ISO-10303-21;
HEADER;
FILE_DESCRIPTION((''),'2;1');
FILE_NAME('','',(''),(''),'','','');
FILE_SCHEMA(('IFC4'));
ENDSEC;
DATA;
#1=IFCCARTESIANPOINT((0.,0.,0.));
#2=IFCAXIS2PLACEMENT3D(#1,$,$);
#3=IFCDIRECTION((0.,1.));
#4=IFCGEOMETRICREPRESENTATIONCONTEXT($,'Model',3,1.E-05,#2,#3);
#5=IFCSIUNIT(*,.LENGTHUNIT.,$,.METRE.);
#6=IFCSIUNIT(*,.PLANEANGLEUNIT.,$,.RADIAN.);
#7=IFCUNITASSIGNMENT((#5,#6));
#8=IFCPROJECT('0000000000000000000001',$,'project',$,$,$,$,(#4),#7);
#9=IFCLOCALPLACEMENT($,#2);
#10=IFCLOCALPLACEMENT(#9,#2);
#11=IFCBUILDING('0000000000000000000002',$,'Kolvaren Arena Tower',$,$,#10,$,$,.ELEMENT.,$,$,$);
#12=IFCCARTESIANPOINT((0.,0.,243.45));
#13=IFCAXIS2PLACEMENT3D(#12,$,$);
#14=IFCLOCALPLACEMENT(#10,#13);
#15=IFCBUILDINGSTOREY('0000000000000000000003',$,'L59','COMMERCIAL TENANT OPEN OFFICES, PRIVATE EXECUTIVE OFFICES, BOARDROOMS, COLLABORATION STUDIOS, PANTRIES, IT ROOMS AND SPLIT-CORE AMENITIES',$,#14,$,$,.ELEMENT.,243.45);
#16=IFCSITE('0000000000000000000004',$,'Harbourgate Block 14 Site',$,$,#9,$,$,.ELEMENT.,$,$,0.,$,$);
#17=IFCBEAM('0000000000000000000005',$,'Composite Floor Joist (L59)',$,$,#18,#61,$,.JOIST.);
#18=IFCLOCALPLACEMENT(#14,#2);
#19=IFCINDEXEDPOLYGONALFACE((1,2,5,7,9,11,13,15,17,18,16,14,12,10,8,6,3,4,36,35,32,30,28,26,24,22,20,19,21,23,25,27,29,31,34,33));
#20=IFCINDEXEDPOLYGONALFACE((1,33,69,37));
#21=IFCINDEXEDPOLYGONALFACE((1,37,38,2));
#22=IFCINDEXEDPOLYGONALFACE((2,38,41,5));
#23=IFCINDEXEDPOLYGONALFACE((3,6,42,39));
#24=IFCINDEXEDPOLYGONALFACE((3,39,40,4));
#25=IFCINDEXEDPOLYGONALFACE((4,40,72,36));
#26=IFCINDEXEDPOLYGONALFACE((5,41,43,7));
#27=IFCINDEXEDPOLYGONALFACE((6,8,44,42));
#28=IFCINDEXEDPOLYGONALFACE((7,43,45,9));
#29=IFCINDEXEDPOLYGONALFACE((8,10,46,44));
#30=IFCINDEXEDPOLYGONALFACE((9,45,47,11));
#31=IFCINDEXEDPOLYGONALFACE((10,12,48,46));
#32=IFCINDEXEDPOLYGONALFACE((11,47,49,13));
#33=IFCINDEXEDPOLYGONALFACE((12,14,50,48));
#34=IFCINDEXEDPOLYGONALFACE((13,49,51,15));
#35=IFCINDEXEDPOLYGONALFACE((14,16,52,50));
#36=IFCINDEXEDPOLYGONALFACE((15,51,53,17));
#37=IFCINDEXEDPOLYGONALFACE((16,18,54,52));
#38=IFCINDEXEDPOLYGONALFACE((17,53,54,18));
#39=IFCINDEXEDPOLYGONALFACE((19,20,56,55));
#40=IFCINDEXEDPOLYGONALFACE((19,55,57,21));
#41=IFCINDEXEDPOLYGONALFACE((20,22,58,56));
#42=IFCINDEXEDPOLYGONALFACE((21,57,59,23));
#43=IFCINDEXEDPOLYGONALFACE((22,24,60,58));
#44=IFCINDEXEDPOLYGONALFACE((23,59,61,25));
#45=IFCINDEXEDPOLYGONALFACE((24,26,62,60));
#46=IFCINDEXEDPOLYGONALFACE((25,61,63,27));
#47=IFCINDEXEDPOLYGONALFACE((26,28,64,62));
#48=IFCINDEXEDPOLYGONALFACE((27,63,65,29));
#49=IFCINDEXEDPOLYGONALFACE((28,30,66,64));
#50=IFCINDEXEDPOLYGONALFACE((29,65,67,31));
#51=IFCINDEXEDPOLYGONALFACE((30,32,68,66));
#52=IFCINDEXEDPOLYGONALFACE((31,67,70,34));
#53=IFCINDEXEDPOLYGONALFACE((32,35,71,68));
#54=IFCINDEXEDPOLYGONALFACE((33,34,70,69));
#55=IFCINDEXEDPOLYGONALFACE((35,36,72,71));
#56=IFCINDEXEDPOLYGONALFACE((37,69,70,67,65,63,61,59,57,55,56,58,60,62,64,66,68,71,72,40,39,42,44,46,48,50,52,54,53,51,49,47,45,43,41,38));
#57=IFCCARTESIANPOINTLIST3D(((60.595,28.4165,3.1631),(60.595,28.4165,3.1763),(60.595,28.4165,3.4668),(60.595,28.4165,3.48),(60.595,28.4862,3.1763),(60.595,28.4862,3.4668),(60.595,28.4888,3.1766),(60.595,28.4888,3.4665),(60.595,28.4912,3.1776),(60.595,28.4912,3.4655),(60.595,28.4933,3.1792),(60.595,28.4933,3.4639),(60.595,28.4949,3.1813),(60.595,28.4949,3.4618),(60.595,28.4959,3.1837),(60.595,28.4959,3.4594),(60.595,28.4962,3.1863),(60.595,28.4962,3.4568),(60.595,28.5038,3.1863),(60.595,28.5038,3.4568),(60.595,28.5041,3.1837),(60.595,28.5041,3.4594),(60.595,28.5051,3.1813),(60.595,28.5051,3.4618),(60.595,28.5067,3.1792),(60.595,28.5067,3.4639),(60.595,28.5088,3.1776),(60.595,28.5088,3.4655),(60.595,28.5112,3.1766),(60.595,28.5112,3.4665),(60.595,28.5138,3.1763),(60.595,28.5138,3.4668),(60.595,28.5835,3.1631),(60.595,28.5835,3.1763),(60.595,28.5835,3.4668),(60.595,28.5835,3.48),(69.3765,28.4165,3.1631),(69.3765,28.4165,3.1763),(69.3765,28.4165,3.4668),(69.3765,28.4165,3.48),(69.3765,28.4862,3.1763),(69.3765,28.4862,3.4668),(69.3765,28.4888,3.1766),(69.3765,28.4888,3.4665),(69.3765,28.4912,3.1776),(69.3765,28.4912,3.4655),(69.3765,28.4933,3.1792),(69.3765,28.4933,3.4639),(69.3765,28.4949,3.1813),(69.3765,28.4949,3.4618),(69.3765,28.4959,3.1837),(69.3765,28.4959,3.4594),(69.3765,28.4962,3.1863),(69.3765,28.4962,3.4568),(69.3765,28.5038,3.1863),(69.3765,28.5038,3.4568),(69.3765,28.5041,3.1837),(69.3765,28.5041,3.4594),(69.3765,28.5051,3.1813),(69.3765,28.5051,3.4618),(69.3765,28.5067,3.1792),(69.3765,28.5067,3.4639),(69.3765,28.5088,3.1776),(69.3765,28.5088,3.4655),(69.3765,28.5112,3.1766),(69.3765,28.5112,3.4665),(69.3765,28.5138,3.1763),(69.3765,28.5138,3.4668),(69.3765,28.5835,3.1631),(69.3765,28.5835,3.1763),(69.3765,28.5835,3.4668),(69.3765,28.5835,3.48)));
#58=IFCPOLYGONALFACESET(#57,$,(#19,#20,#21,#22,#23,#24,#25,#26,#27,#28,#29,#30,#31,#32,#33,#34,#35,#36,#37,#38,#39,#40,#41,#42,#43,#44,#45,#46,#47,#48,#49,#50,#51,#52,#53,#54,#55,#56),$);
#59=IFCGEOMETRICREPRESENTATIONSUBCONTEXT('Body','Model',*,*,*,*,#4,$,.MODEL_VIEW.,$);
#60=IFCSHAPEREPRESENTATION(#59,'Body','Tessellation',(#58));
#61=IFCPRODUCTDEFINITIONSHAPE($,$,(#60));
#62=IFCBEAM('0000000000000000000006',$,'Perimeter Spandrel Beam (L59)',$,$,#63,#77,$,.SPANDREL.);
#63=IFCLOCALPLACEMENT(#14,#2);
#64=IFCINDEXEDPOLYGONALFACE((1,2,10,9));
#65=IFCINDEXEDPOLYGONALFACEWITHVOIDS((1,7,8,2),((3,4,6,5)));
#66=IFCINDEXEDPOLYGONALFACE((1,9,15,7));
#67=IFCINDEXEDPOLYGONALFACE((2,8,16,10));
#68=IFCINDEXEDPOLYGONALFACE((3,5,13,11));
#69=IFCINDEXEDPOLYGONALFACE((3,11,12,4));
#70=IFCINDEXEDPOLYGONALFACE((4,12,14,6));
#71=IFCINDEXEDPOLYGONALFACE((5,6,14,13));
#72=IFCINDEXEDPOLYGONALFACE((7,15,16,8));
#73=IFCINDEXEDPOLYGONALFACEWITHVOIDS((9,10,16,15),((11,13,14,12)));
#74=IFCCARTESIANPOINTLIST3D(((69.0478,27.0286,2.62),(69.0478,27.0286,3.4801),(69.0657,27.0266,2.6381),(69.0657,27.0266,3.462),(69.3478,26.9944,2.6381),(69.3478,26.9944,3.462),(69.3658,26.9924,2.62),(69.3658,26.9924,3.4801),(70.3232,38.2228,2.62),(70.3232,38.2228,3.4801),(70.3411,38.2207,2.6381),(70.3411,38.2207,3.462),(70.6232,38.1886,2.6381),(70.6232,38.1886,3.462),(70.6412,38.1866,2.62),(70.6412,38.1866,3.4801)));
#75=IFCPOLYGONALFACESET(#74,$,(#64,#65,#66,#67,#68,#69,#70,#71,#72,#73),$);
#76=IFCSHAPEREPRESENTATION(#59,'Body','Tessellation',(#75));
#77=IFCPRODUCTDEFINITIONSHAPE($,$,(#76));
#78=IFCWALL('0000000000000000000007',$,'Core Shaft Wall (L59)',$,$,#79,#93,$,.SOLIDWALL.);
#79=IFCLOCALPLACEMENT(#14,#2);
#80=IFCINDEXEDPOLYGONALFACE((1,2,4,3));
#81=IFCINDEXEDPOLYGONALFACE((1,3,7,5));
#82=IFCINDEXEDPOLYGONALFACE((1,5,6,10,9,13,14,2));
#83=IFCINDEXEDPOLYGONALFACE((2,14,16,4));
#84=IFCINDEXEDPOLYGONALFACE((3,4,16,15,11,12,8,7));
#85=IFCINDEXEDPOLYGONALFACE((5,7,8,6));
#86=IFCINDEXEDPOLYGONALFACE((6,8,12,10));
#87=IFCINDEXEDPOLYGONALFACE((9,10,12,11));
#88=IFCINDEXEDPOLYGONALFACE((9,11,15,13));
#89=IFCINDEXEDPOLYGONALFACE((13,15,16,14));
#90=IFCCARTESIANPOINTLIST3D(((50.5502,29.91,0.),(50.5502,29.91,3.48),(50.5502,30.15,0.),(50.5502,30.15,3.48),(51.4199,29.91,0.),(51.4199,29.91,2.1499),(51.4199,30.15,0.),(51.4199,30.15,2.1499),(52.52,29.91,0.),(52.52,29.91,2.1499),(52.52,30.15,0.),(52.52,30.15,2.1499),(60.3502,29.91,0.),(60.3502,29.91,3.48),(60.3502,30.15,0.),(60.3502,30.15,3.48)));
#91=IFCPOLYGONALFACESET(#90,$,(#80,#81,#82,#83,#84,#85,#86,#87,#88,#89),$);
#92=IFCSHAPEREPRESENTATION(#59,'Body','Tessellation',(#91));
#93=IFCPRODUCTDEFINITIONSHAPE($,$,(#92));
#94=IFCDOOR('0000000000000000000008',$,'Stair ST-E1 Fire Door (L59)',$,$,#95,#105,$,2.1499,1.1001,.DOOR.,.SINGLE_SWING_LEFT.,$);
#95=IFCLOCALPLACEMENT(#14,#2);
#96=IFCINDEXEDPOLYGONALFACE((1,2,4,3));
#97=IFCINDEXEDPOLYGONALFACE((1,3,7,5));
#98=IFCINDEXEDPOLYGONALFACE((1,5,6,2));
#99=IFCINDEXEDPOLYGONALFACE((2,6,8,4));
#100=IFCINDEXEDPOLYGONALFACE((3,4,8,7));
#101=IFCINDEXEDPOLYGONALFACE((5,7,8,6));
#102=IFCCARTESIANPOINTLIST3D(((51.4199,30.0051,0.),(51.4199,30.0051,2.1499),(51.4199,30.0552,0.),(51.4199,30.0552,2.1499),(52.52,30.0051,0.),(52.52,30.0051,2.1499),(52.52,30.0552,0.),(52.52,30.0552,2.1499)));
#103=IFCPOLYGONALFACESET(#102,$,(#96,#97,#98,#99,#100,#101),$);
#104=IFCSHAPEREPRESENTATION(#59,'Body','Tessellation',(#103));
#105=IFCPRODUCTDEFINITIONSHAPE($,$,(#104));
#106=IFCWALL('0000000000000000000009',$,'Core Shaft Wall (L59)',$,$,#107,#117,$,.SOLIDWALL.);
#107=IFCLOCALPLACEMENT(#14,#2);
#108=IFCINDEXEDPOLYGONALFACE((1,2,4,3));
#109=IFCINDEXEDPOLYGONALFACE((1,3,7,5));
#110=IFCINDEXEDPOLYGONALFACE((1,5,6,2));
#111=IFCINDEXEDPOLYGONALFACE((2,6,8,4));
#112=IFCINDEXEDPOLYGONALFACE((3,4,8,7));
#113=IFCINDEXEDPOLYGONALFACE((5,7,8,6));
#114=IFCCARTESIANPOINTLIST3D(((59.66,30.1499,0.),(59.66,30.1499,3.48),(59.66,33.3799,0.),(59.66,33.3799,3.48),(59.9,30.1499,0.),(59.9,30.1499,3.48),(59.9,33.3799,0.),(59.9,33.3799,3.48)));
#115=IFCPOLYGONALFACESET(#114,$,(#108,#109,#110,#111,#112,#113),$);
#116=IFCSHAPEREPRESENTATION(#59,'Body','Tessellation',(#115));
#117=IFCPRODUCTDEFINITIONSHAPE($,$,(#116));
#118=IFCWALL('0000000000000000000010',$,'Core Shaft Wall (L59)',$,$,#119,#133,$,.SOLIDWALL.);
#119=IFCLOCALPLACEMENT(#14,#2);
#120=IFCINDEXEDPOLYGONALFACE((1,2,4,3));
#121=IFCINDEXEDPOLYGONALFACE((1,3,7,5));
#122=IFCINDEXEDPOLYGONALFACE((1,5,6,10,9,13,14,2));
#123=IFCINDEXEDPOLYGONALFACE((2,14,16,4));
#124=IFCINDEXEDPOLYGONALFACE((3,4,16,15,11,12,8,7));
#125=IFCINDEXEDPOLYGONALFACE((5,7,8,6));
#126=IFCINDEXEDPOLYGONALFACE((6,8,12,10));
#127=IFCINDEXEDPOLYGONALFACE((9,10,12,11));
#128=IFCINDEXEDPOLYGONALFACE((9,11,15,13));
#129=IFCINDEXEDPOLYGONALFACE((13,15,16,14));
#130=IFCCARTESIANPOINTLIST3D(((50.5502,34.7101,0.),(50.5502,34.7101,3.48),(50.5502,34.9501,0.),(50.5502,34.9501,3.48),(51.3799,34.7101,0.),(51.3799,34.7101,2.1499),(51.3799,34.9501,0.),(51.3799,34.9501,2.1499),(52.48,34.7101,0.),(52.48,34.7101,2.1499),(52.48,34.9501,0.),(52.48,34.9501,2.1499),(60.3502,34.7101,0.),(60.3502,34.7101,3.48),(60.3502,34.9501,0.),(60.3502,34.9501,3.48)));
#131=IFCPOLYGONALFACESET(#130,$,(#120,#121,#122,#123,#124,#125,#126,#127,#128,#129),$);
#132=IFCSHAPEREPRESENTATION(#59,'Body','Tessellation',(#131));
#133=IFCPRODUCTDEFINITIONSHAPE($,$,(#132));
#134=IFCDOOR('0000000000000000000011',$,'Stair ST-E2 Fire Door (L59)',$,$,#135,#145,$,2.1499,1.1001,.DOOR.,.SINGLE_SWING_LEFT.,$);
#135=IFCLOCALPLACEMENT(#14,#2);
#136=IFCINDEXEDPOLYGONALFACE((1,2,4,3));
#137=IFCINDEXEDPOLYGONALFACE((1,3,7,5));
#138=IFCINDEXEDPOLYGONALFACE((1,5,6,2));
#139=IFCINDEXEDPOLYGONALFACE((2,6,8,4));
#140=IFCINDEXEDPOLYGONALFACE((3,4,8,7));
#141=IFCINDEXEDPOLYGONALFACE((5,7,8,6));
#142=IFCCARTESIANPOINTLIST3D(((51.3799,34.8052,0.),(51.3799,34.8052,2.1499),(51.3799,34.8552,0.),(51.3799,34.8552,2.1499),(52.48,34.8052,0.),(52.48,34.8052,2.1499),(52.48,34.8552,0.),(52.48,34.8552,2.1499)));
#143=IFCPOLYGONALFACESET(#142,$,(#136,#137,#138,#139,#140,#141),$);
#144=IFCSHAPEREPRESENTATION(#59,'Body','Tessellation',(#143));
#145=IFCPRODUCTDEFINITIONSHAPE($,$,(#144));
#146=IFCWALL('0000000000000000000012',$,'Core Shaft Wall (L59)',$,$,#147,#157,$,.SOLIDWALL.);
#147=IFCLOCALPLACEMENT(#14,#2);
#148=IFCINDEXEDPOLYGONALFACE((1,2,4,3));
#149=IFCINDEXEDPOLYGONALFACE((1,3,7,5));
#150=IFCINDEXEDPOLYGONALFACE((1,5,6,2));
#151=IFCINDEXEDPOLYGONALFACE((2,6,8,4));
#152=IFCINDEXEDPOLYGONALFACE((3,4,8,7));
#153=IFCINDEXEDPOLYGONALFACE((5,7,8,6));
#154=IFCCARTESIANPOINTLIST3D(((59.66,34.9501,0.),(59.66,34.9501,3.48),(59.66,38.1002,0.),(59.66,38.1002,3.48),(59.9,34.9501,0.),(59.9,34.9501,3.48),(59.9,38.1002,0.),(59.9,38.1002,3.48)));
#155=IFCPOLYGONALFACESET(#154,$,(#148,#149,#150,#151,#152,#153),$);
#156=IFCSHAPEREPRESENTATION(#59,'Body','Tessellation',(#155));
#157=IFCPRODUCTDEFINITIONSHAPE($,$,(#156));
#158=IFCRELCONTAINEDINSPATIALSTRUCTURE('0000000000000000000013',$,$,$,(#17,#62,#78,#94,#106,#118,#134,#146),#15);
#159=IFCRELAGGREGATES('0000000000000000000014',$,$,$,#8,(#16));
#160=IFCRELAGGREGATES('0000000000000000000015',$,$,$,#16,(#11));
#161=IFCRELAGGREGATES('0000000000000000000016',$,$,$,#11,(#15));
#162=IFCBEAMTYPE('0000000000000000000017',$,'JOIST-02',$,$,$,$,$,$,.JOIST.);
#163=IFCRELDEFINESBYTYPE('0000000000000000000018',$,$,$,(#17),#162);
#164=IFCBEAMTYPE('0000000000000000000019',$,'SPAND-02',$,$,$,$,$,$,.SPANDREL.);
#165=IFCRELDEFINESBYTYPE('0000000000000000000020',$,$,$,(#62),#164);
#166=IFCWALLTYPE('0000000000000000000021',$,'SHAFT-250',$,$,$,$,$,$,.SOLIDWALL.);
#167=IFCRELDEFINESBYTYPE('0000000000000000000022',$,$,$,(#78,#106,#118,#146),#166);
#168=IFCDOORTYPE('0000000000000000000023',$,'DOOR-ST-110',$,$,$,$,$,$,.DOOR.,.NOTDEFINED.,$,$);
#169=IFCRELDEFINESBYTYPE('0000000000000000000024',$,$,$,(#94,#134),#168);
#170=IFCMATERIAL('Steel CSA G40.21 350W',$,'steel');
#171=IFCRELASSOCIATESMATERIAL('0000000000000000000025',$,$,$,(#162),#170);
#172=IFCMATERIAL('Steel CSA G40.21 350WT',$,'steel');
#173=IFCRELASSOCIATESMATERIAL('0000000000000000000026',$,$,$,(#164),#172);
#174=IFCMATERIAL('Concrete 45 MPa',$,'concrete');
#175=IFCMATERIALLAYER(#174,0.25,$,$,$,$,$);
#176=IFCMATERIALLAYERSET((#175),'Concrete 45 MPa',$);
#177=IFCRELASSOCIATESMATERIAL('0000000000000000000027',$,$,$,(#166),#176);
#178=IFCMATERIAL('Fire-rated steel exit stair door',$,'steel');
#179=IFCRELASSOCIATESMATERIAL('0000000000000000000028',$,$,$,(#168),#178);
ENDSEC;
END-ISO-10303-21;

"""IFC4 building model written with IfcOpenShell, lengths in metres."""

from ifc_helpers import new_model, si_unit, direction, frame, frame_2d, origin, origin_2d, place, context, subcontext, project, spatial, rectangle, hollow_rectangle, i_section, extrude, material, layer, layer_set, material_profile, profile_set, type_object, element, fill, save


model = new_model("IFC4")

# Units and contexts
model_context = context("Model", 3, precision=1e-05, world=origin(), true_north=direction((0.0, 1.0)))
body_context = subcontext(model_context, "Body", "Model", "MODEL_VIEW")
ifc_project = project(units=[si_unit("LENGTHUNIT", "METRE"), si_unit("PLANEANGLEUNIT", "RADIAN")], contexts=[model_context])

# Site, building, storey
site_placement = place(None, origin())
site = spatial("IfcSite", under=ifc_project, at=site_placement, Name="Harbourgate Block 14 Site", CompositionType="ELEMENT", RefElevation=0.0)
building_placement = place(site_placement, origin())
building = spatial("IfcBuilding", under=site, at=building_placement, Name="Kolvaren Arena Tower", CompositionType="ELEMENT")
storey_placement = place(building_placement, frame((0.0, 0.0, 243.45)))
storey = spatial("IfcBuildingStorey", under=building, at=storey_placement, Name="L59", Description="COMMERCIAL TENANT OPEN OFFICES, PRIVATE EXECUTIVE OFFICES, BOARDROOMS, COLLABORATION STUDIOS, PANTRIES, IT ROOMS AND SPLIT-CORE AMENITIES", CompositionType="ELEMENT", Elevation=243.45)

# Beams
ifc_material_1 = material(Name="Steel CSA G40.21 350W", Category="steel")
ifc_material_profile_1 = material_profile(ifc_material_1, i_section(OverallWidth=0.167, OverallDepth=0.3169, WebThickness=0.0076, FlangeThickness=0.0132, FilletRadius=0.01, at=origin_2d()), Name="W310x52")
ifc_profile_set_1 = profile_set([ifc_material_profile_1], Name="Steel CSA G40.21 350W")
beam_type_1 = type_object("IfcBeamType", Name="JOIST-02", PredefinedType="JOIST", material=ifc_profile_set_1)
beam_1_placement = place(storey_placement, frame((60.595, 28.5, 3.3215), z_axis=(1.0, 0.0, 0.0), x_axis=(0.0, 1.0, 0.0)))
element("IfcBeam", 1, at=beam_1_placement, inside=storey, type_object=beam_type_1, Name="Composite Floor Joist (L59)", PredefinedType="JOIST", context=body_context, shape_type="SweptSolid", body=[
    extrude(i_section(OverallWidth=0.167, OverallDepth=0.3169, WebThickness=0.0076, FlangeThickness=0.0132, FilletRadius=0.01, at=origin_2d()), origin(), (0.0, 0.0, 1.0), 8.7815),
])
ifc_material_2 = material(Name="Steel CSA G40.21 350WT", Category="steel")
ifc_material_profile_2 = material_profile(ifc_material_2, hollow_rectangle(XDim=0.3201, YDim=0.8601, WallThickness=0.0181, at=origin_2d()), Name="HSS 860x320x18")
ifc_profile_set_2 = profile_set([ifc_material_profile_2], Name="Steel CSA G40.21 350WT")
beam_type_2 = type_object("IfcBeamType", Name="SPAND-02", PredefinedType="SPANDREL", material=ifc_profile_set_2)
beam_2_placement = place(storey_placement, frame((69.2068, 27.0105, 3.05), z_axis=(0.113202, 0.993572, 0.0), x_axis=(-0.993572, 0.113202, 0.0)))
element("IfcBeam", 2, at=beam_2_placement, inside=storey, type_object=beam_type_2, Name="Perimeter Spandrel Beam (L59)", PredefinedType="SPANDREL", context=body_context, shape_type="SweptSolid", body=[
    extrude(hollow_rectangle(XDim=0.3201, YDim=0.8601, WallThickness=0.0181, at=origin_2d()), origin(), (0.0, 0.0, 1.0), 11.2666),
])

# Wall, opening, door
ifc_material_3 = material(Name="Concrete 45 MPa", Category="concrete")
ifc_layer = layer(ifc_material_3, 0.25)
ifc_layer_set = layer_set([ifc_layer], Name="Concrete 45 MPa")
wall_type = type_object("IfcWallType", Name="SHAFT-250", PredefinedType="SOLIDWALL", material=ifc_layer_set)
wall_1_placement = place(storey_placement, frame((60.3501, 30.03, 0.0), z_axis=(0.0, 0.0, 1.0), x_axis=(-1.0, 0.0, 0.0)))
wall_1 = element("IfcWall", 3, at=wall_1_placement, inside=storey, type_object=wall_type, Name="Core Shaft Wall (L59)", PredefinedType="SOLIDWALL", context=body_context, shape_type="SweptSolid", body=[
    extrude(rectangle(XDim=9.8, YDim=0.24, at=frame_2d((4.8999, 0.0))), origin(), (0.0, 0.0, 1.0), 3.48),
])
opening_1_placement = place(wall_1_placement, frame((7.8301, 0.0, 0.0)))
opening_1 = element("IfcOpeningElement", 4, at=opening_1_placement, cuts=wall_1, PredefinedType="OPENING", context=body_context, shape_type="SweptSolid", body=[
    extrude(rectangle(XDim=1.1001, YDim=2.1499, at=frame_2d((0.55, 1.075))), frame((0.0, 0.1299, 0.0), z_axis=(0.0, -1.0, 0.0), x_axis=(1.0, 0.0, 0.0)), (0.0, 0.0, 1.0), 0.26),
])
ifc_material_4 = material(Name="Fire-rated steel exit stair door", Category="steel")
door_type_1 = type_object("IfcDoorType", Name="DOOR-ST-110", OperationType="NOTDEFINED", PredefinedType="DOOR", material=ifc_material_4)
door_1_placement = place(opening_1_placement, origin())
door_1 = element("IfcDoor", 5, at=door_1_placement, inside=storey, type_object=door_type_1, Name="Stair ST-E1 Fire Door (L59)", OperationType="SINGLE_SWING_LEFT", OverallHeight=2.1499, OverallWidth=1.1001, PredefinedType="DOOR", context=body_context, shape_type="SweptSolid", body=[
    extrude(rectangle(XDim=1.1001, YDim=2.1499, at=frame_2d((0.55, 1.075))), frame((0.0, 0.0249, 0.0), z_axis=(0.0, -1.0, 0.0), x_axis=(1.0, 0.0, 0.0)), (0.0, 0.0, 1.0), 0.05),
])
fill(opening_1, door_1)

# Wall
wall_2_placement = place(storey_placement, frame((59.78, 30.1499, 0.0), z_axis=(0.0, 0.0, 1.0), x_axis=(0.0, 1.0, 0.0)))
element("IfcWall", 6, at=wall_2_placement, inside=storey, type_object=wall_type, Name="Core Shaft Wall (L59)", PredefinedType="SOLIDWALL", context=body_context, shape_type="SweptSolid", body=[
    extrude(rectangle(XDim=3.23, YDim=0.24, at=frame_2d((1.615, 0.0))), origin(), (0.0, 0.0, 1.0), 3.48),
])

# Wall, opening, door
wall_3_placement = place(storey_placement, frame((60.3501, 34.8301, 0.0), z_axis=(0.0, 0.0, 1.0), x_axis=(-1.0, 0.0, 0.0)))
wall_3 = element("IfcWall", 7, at=wall_3_placement, inside=storey, type_object=wall_type, Name="Core Shaft Wall (L59)", PredefinedType="SOLIDWALL", context=body_context, shape_type="SweptSolid", body=[
    extrude(rectangle(XDim=9.8, YDim=0.24, at=frame_2d((4.8999, 0.0))), origin(), (0.0, 0.0, 1.0), 3.48),
])
opening_2_placement = place(wall_3_placement, frame((7.8701, 0.0, 0.0)))
opening_2 = element("IfcOpeningElement", 8, at=opening_2_placement, cuts=wall_3, PredefinedType="OPENING", context=body_context, shape_type="SweptSolid", body=[
    extrude(rectangle(XDim=1.1001, YDim=2.1499, at=frame_2d((0.55, 1.075))), frame((0.0, 0.1299, 0.0), z_axis=(0.0, -1.0, 0.0), x_axis=(1.0, 0.0, 0.0)), (0.0, 0.0, 1.0), 0.26),
])
door_2_placement = place(opening_2_placement, origin())
door_2 = element("IfcDoor", 9, at=door_2_placement, inside=storey, type_object=door_type_1, Name="Stair ST-E2 Fire Door (L59)", OperationType="SINGLE_SWING_LEFT", OverallHeight=2.1499, OverallWidth=1.1001, PredefinedType="DOOR", context=body_context, shape_type="SweptSolid", body=[
    extrude(rectangle(XDim=1.1001, YDim=2.1499, at=frame_2d((0.55, 1.075))), frame((0.0, 0.0249, 0.0), z_axis=(0.0, -1.0, 0.0), x_axis=(1.0, 0.0, 0.0)), (0.0, 0.0, 1.0), 0.05),
])
fill(opening_2, door_2)

# Wall
wall_4_placement = place(storey_placement, frame((59.78, 34.95, 0.0), z_axis=(0.0, 0.0, 1.0), x_axis=(0.0, 1.0, 0.0)))
element("IfcWall", 10, at=wall_4_placement, inside=storey, type_object=wall_type, Name="Core Shaft Wall (L59)", PredefinedType="SOLIDWALL", context=body_context, shape_type="SweptSolid", body=[
    extrude(rectangle(XDim=3.1501, YDim=0.24, at=frame_2d((1.5752, 0.0))), origin(), (0.0, 0.0, 1.0), 3.48),
])

save(model, "model.ifc")
